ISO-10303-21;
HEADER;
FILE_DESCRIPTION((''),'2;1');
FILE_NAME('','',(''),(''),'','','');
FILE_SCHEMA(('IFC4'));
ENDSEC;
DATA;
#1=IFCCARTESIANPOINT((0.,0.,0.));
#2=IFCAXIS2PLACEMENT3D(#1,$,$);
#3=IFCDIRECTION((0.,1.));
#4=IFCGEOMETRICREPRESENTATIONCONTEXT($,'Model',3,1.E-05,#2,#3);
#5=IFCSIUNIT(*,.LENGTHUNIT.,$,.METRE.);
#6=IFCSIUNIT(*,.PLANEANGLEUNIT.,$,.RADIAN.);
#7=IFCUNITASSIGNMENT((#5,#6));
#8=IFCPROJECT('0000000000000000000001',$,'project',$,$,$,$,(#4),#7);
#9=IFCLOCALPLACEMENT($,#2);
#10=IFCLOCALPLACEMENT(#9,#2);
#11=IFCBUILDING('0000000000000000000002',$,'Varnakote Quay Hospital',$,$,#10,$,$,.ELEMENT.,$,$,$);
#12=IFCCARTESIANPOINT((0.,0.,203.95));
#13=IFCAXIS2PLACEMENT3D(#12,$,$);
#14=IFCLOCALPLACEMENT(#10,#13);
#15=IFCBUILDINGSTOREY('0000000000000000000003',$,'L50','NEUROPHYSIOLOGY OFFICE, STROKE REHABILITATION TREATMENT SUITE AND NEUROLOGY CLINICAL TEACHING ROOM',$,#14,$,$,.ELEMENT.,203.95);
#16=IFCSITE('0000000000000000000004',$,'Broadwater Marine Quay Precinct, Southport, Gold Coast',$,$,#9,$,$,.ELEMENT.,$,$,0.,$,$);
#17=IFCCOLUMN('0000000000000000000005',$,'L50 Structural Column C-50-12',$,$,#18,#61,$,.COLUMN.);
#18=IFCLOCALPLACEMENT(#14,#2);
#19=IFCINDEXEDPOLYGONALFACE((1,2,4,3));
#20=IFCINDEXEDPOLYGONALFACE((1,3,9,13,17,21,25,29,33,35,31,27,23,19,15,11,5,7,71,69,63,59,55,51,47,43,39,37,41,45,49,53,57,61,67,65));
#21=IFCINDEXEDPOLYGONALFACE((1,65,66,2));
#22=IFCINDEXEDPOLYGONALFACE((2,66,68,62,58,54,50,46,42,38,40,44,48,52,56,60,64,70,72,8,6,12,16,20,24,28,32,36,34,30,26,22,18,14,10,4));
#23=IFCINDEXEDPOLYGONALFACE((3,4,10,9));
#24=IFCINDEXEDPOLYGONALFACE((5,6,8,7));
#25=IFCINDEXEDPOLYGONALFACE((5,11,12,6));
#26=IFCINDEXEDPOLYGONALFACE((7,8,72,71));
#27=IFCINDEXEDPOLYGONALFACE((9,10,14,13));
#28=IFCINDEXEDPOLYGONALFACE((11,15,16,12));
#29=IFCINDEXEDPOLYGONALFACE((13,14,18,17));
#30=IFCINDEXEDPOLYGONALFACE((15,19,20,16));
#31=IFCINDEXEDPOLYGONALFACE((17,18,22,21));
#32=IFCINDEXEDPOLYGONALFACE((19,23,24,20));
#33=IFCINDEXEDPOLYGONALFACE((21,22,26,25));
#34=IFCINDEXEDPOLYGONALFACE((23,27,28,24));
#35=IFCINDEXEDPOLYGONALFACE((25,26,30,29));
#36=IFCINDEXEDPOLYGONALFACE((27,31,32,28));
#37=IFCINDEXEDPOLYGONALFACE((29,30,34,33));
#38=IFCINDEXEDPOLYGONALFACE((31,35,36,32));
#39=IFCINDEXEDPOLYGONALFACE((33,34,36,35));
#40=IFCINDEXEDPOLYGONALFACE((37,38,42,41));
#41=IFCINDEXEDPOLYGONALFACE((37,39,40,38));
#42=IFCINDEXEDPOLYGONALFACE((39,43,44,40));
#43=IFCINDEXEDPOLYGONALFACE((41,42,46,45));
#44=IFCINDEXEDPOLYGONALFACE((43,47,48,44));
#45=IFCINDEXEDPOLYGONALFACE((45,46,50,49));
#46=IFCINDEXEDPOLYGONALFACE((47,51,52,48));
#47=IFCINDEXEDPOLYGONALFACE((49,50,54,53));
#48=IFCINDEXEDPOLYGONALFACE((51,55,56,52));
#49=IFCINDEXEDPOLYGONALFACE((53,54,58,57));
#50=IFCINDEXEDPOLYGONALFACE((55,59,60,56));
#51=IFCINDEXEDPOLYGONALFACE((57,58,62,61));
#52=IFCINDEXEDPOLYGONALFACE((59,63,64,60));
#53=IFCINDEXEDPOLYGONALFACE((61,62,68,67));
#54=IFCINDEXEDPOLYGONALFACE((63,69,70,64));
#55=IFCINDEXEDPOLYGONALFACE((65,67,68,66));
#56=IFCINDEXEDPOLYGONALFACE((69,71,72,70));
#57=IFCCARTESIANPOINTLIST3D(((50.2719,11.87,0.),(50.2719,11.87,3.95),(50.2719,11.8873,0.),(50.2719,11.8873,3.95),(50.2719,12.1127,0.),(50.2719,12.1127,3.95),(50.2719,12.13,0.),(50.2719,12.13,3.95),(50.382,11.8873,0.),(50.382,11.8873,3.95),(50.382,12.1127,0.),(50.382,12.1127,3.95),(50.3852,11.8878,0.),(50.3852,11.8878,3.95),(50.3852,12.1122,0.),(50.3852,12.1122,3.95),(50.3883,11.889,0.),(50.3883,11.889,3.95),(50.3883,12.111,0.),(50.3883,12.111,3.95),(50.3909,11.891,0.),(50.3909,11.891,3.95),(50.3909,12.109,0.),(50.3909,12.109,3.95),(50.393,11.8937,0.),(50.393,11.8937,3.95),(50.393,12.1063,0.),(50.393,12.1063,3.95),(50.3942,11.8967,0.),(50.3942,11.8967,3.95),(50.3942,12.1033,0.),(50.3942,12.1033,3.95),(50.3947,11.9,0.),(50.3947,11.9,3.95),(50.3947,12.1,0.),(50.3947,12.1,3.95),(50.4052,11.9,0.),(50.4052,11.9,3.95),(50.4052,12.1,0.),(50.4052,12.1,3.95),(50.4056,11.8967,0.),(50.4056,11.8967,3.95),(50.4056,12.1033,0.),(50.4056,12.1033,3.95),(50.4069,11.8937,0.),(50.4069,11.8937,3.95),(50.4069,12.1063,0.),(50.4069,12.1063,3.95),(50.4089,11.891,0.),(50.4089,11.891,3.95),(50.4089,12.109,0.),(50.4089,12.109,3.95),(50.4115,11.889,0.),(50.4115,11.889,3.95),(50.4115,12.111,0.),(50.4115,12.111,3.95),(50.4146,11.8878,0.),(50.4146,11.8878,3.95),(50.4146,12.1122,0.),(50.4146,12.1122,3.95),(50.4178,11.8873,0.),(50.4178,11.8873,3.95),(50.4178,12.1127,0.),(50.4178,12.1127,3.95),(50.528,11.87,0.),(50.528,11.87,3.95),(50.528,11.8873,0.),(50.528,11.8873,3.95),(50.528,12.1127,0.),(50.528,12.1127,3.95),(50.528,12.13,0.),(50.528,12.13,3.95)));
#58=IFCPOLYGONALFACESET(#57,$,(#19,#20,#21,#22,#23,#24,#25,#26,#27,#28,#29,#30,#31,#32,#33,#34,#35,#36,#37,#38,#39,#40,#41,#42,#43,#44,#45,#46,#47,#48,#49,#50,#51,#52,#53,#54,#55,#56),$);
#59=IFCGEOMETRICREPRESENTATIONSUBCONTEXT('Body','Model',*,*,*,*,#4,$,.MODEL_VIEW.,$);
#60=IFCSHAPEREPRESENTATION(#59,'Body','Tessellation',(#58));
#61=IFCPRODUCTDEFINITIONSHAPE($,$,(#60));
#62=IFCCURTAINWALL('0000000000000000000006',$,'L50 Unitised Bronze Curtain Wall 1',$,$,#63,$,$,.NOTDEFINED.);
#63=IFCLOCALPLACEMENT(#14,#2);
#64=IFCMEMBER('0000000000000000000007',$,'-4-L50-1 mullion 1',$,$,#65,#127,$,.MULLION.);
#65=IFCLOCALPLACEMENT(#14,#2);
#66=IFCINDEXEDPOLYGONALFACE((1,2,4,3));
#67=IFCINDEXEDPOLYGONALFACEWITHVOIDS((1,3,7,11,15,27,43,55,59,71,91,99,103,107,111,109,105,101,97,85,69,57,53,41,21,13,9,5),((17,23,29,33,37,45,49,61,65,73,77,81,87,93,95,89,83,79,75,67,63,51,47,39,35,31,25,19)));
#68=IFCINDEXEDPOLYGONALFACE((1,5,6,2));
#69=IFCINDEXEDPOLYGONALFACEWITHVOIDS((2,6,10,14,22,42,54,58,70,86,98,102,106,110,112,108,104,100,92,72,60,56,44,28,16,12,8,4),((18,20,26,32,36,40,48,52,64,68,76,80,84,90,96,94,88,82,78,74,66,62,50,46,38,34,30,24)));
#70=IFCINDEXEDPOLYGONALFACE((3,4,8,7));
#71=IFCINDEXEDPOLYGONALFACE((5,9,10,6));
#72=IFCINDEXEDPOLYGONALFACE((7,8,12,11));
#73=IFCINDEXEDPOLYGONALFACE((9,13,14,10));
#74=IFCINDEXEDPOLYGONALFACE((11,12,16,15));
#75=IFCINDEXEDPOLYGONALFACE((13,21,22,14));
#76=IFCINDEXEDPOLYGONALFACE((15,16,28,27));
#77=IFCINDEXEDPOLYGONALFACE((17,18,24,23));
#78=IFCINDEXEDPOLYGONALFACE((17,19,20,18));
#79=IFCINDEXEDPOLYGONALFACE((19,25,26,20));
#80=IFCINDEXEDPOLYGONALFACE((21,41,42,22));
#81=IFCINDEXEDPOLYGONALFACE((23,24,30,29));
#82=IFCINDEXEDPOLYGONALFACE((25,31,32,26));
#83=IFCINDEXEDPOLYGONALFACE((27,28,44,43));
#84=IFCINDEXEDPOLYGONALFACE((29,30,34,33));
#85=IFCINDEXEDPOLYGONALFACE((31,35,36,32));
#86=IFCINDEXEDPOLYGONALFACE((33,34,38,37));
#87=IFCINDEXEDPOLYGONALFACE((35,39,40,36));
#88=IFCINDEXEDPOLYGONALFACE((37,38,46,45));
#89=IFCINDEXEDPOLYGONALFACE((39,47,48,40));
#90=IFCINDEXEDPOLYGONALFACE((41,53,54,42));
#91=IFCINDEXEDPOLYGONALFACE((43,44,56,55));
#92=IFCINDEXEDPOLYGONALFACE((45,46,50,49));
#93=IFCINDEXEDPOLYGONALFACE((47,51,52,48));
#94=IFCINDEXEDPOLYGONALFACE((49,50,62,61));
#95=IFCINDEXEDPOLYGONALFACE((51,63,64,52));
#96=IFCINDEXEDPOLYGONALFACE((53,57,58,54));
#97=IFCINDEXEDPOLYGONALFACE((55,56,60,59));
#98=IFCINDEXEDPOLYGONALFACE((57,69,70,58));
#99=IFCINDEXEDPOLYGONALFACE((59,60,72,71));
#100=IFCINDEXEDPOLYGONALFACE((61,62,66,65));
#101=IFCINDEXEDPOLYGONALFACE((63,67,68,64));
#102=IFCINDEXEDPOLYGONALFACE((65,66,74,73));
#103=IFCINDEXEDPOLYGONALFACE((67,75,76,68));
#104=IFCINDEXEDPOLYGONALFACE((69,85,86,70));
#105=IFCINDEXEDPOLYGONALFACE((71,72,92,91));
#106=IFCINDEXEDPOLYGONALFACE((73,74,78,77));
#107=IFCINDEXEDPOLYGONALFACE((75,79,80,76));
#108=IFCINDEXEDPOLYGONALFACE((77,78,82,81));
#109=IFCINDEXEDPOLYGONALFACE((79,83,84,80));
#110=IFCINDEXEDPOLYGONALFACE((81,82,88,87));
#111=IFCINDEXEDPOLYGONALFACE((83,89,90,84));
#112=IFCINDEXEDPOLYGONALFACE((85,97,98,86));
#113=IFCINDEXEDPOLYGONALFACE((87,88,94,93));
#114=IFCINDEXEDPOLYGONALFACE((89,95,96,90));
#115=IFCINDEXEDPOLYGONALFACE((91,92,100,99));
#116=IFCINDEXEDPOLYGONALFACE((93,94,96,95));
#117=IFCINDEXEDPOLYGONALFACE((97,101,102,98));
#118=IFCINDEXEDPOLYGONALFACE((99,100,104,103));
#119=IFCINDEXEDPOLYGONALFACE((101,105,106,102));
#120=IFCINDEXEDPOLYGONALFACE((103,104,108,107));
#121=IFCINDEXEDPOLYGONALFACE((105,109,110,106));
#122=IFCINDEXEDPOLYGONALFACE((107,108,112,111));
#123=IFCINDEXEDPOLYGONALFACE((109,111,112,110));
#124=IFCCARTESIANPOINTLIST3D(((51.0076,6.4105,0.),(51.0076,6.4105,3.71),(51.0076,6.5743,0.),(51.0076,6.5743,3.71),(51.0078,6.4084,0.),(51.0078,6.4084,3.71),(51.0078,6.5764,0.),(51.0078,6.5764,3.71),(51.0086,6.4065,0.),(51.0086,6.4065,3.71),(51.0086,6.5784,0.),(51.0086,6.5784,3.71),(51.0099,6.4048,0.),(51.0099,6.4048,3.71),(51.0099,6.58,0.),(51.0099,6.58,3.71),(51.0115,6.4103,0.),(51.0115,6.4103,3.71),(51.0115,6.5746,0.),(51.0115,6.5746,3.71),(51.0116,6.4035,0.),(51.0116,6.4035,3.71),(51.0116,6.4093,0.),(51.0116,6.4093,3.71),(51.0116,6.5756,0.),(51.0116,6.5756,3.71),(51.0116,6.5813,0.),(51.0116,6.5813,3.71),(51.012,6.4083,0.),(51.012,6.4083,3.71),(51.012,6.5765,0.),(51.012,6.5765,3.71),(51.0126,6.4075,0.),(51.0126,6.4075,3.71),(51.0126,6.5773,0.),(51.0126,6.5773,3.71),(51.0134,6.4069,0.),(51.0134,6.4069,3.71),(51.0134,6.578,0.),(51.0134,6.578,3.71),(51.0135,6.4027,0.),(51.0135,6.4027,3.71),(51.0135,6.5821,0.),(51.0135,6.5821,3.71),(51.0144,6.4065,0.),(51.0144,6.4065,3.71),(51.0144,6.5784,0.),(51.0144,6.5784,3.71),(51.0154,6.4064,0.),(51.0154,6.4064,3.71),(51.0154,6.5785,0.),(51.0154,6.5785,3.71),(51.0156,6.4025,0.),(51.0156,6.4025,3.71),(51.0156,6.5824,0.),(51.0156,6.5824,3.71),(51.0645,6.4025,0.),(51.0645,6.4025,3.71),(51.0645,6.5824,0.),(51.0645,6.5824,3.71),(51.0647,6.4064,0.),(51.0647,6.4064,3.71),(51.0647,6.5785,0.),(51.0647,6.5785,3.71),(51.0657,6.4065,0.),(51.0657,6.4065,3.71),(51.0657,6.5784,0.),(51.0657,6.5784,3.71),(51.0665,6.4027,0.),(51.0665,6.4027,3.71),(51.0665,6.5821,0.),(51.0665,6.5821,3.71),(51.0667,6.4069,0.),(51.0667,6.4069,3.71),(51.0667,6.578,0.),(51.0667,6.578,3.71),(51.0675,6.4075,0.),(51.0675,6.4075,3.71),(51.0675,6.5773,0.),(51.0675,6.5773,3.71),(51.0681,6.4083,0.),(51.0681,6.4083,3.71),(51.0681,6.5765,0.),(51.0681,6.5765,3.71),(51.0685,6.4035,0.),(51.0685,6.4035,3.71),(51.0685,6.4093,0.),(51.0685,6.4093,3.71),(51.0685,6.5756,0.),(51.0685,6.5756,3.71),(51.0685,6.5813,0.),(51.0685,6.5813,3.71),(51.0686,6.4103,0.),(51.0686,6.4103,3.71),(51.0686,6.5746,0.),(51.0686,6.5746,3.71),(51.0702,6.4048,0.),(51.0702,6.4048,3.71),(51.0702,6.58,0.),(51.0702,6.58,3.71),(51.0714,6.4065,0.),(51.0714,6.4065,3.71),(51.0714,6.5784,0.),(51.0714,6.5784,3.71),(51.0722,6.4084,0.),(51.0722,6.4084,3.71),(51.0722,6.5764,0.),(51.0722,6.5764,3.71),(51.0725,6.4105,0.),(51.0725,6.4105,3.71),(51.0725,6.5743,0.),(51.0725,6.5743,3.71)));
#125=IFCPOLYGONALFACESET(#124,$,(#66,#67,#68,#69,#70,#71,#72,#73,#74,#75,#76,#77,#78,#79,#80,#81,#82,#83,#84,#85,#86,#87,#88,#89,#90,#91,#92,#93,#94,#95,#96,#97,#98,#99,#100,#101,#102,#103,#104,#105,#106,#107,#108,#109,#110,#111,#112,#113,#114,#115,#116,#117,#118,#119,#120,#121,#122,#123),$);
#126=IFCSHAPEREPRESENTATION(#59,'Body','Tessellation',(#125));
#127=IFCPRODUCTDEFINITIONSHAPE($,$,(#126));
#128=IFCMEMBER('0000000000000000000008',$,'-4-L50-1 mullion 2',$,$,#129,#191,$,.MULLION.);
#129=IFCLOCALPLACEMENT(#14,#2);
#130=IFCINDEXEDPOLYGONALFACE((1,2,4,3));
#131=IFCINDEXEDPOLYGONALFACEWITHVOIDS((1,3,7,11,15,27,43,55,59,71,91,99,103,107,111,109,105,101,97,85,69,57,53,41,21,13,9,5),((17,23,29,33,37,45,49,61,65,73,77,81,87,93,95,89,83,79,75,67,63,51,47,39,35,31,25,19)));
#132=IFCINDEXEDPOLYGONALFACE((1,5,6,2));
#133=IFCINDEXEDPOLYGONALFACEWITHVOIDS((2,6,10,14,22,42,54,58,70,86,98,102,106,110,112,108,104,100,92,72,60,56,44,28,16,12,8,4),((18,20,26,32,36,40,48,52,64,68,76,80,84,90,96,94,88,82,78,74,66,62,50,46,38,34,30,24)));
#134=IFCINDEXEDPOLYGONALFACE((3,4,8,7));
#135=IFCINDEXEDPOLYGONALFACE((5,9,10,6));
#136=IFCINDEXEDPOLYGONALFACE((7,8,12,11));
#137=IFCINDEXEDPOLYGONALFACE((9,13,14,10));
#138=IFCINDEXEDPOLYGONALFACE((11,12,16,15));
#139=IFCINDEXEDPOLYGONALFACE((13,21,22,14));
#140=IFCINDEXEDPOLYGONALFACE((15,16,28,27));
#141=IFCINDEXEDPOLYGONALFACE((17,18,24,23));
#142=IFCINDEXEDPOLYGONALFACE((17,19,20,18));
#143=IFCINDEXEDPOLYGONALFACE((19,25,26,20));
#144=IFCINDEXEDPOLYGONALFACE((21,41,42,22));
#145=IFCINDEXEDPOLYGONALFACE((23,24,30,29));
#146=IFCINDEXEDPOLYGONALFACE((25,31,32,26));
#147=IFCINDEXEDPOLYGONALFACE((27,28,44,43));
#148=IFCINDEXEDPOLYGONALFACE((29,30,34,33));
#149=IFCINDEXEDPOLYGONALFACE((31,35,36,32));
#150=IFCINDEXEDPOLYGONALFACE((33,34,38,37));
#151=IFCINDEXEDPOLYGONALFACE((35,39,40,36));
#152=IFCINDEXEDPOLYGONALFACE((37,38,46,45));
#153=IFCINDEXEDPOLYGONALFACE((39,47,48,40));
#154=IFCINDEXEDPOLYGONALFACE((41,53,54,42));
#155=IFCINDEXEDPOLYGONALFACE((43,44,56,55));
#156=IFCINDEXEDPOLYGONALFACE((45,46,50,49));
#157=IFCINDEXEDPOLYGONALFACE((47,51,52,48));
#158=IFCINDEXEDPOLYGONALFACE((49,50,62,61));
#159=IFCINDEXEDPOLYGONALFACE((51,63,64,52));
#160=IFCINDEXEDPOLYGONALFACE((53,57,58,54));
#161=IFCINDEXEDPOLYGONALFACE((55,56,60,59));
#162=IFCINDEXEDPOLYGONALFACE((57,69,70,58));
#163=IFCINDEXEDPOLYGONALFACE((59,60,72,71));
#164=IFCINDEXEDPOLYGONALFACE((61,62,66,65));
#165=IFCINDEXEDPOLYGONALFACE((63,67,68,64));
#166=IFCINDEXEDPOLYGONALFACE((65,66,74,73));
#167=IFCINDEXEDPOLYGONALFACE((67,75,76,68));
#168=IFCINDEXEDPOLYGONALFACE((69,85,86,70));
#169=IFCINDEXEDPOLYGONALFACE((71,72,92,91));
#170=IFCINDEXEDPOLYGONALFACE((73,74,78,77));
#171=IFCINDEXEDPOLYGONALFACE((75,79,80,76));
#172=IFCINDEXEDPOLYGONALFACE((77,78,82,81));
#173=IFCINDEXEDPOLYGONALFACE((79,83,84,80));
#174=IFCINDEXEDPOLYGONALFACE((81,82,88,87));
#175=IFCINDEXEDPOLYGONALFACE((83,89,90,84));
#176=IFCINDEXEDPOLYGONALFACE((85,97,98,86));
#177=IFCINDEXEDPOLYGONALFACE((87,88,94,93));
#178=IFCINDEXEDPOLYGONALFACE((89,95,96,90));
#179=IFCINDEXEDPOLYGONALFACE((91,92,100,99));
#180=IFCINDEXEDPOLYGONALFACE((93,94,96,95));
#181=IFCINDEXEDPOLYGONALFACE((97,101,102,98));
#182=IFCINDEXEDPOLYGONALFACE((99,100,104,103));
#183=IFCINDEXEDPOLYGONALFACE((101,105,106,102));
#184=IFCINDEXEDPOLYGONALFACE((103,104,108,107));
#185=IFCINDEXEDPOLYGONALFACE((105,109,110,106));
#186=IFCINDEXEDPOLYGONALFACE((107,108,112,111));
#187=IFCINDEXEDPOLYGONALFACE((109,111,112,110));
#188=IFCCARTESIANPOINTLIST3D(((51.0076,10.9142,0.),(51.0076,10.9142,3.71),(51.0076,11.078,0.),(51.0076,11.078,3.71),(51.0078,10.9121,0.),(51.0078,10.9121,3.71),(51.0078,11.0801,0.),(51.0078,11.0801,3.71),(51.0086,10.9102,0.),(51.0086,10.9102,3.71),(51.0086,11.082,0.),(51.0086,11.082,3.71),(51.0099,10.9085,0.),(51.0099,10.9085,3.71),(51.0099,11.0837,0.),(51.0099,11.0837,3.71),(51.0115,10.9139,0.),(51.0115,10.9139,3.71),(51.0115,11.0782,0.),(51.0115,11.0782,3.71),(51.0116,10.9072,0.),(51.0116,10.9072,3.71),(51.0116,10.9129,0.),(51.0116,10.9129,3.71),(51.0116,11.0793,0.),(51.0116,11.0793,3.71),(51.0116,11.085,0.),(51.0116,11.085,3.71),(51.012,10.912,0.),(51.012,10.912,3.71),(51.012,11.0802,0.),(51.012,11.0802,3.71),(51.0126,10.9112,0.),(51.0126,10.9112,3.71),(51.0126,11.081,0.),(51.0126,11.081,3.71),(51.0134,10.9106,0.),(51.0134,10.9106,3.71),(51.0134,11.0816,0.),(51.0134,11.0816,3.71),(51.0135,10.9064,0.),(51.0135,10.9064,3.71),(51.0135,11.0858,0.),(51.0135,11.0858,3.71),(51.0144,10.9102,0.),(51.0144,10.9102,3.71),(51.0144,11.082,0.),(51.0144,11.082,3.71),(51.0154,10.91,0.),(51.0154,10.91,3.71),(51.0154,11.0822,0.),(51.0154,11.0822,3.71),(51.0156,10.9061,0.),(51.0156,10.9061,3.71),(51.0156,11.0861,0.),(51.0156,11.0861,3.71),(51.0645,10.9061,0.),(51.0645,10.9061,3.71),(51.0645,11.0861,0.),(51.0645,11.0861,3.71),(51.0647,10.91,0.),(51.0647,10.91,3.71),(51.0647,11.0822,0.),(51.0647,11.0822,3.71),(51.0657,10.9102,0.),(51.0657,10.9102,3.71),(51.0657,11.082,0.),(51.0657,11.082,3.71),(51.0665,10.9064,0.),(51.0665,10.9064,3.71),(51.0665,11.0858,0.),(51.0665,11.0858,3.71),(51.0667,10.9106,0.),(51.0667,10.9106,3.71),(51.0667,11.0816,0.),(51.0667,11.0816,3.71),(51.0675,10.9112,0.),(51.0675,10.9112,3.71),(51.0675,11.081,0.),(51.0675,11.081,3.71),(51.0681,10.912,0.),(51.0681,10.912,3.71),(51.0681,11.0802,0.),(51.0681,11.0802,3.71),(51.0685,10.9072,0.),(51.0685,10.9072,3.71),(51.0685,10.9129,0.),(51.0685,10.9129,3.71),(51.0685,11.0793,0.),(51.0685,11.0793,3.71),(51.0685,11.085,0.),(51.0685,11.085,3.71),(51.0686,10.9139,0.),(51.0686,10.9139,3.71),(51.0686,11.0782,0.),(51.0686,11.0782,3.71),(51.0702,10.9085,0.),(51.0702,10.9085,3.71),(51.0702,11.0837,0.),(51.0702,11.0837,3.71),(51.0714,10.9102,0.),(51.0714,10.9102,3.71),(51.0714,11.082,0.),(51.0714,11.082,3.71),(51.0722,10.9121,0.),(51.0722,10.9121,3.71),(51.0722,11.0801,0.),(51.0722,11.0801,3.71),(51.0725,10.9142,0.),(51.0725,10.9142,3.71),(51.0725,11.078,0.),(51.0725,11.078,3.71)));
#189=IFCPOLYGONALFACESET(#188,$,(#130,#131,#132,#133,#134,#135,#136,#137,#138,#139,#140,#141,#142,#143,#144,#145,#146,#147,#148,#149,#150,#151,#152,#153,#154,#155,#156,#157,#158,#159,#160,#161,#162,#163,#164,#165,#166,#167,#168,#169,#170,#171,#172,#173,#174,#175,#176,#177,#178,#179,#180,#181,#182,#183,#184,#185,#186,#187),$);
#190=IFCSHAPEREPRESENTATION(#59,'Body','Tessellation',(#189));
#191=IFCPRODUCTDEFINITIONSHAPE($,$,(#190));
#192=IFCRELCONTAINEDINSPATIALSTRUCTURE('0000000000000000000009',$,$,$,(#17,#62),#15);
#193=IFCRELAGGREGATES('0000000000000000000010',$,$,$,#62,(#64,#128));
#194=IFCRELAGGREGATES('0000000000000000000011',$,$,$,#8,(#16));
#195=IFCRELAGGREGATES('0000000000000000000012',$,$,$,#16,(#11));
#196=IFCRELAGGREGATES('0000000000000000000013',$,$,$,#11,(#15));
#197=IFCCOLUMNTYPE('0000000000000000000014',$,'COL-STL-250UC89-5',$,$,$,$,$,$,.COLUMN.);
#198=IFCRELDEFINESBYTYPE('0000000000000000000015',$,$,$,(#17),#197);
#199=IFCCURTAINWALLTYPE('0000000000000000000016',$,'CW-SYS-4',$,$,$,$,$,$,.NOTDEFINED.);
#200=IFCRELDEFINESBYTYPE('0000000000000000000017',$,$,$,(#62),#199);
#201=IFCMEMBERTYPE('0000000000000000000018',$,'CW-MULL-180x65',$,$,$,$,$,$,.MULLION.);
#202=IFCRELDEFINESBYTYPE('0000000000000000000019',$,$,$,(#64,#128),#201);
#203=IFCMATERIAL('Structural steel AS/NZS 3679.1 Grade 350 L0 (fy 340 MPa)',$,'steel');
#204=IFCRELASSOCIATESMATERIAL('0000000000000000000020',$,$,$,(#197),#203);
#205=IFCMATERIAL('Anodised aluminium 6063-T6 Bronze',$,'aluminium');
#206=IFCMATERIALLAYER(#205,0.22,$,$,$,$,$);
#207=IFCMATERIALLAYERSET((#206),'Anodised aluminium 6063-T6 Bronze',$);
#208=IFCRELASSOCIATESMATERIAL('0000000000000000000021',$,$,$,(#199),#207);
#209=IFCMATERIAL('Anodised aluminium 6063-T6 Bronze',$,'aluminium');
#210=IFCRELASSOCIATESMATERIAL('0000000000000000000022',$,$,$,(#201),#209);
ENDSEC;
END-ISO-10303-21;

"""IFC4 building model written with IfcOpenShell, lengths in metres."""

from ifc_helpers import new_model, si_unit, direction, frame, origin, origin_2d, place, context, subcontext, project, spatial, hollow_rectangle, i_section, extrude, material, layer, layer_set, material_profile, profile_set, type_object, element, aggregate, save


model = new_model("IFC4")

# Units and contexts
model_context = context("Model", 3, precision=1e-05, world=origin(), true_north=direction((0.0, 1.0)))
body_context = subcontext(model_context, "Body", "Model", "MODEL_VIEW")
ifc_project = project(units=[si_unit("LENGTHUNIT", "METRE"), si_unit("PLANEANGLEUNIT", "RADIAN")], contexts=[model_context])

# Site, building, storey
site_placement = place(None, origin())
site = spatial("IfcSite", under=ifc_project, at=site_placement, Name="Broadwater Marine Quay Precinct, Southport, Gold Coast", CompositionType="ELEMENT", RefElevation=0.0)
building_placement = place(site_placement, origin())
building = spatial("IfcBuilding", under=site, at=building_placement, Name="Varnakote Quay Hospital", CompositionType="ELEMENT")
storey_placement = place(building_placement, frame((0.0, 0.0, 203.95)))
storey = spatial("IfcBuildingStorey", under=building, at=storey_placement, Name="L50", Description="NEUROPHYSIOLOGY OFFICE, STROKE REHABILITATION TREATMENT SUITE AND NEUROLOGY CLINICAL TEACHING ROOM", CompositionType="ELEMENT", Elevation=203.95)

# Column
ifc_material_1 = material(Name="Structural steel AS/NZS 3679.1 Grade 350 L0 (fy 340 MPa)", Category="steel")
ifc_material_profile_1 = material_profile(ifc_material_1, i_section(OverallWidth=0.2561, OverallDepth=0.26, WebThickness=0.0105, FlangeThickness=0.0173, FilletRadius=0.0127, at=origin_2d()), Name="250UC89.5")
ifc_profile_set_1 = profile_set([ifc_material_profile_1], Name="Structural steel AS/NZS 3679.1 Grade 350 L0 (fy 340 MPa)")
column_type = type_object("IfcColumnType", Name="COL-STL-250UC89-5", PredefinedType="COLUMN", material=ifc_profile_set_1)
column_placement = place(storey_placement, frame((50.3999, 12.0, 0.0), z_axis=(0.0, 0.0, 1.0), x_axis=(1.0, 0.0, 0.0)))
element("IfcColumn", 1, at=column_placement, inside=storey, type_object=column_type, Name="L50 Structural Column C-50-12", PredefinedType="COLUMN", context=body_context, shape_type="SweptSolid", body=[
    extrude(i_section(OverallWidth=0.2561, OverallDepth=0.26, WebThickness=0.0105, FlangeThickness=0.0173, FilletRadius=0.0127, at=origin_2d()), origin(), (0.0, 0.0, 1.0), 3.95),
])

# Curtain wall, members
ifc_material_2 = material(Name="Anodised aluminium 6063-T6 Bronze", Category="aluminium")
ifc_layer_1 = layer(ifc_material_2, 0.22)
ifc_layer_set_1 = layer_set([ifc_layer_1], Name="Anodised aluminium 6063-T6 Bronze")
curtain_wall_type = type_object("IfcCurtainWallType", Name="CW-SYS-4", PredefinedType="NOTDEFINED", material=ifc_layer_set_1)
curtain_wall_placement = place(storey_placement, origin())
curtain_wall = element("IfcCurtainWall", 2, at=curtain_wall_placement, inside=storey, type_object=curtain_wall_type, Name="L50 Unitised Bronze Curtain Wall 1", PredefinedType="NOTDEFINED")
ifc_material_3 = material(Name="Anodised aluminium 6063-T6 Bronze", Category="aluminium")
ifc_material_profile_2 = material_profile(ifc_material_3, hollow_rectangle(XDim=0.0649, YDim=0.1799, WallThickness=0.0039, InnerFilletRadius=0.0039, OuterFilletRadius=0.0081, at=origin_2d()), Name="CW-MULL-180x65")
ifc_profile_set_2 = profile_set([ifc_material_profile_2], Name="Anodised aluminium 6063-T6 Bronze")
member_type_1 = type_object("IfcMemberType", Name="CW-MULL-180x65", PredefinedType="MULLION", material=ifc_profile_set_2)
member_1_placement = place(storey_placement, frame((51.04, 6.4924, 0.0), z_axis=(0.0, 0.0, 1.0), x_axis=(-1.0, 0.0, 0.0)))
member_1 = element("IfcMember", 3, at=member_1_placement, type_object=member_type_1, Name="-4-L50-1 mullion 1", PredefinedType="MULLION", context=body_context, shape_type="SweptSolid", body=[
    extrude(hollow_rectangle(XDim=0.0649, YDim=0.1799, WallThickness=0.0039, InnerFilletRadius=0.0039, OuterFilletRadius=0.0081, at=origin_2d()), origin(), (0.0, 0.0, 1.0), 3.71),
])
member_2_placement = place(storey_placement, frame((51.04, 10.9961, 0.0), z_axis=(0.0, 0.0, 1.0), x_axis=(-1.0, 0.0, 0.0)))
member_2 = element("IfcMember", 4, at=member_2_placement, type_object=member_type_1, Name="-4-L50-1 mullion 2", PredefinedType="MULLION", context=body_context, shape_type="SweptSolid", body=[
    extrude(hollow_rectangle(XDim=0.0649, YDim=0.1799, WallThickness=0.0039, InnerFilletRadius=0.0039, OuterFilletRadius=0.0081, at=origin_2d()), origin(), (0.0, 0.0, 1.0), 3.71),
])
aggregate(curtain_wall, [member_1, member_2])

save(model, "model.ifc")
